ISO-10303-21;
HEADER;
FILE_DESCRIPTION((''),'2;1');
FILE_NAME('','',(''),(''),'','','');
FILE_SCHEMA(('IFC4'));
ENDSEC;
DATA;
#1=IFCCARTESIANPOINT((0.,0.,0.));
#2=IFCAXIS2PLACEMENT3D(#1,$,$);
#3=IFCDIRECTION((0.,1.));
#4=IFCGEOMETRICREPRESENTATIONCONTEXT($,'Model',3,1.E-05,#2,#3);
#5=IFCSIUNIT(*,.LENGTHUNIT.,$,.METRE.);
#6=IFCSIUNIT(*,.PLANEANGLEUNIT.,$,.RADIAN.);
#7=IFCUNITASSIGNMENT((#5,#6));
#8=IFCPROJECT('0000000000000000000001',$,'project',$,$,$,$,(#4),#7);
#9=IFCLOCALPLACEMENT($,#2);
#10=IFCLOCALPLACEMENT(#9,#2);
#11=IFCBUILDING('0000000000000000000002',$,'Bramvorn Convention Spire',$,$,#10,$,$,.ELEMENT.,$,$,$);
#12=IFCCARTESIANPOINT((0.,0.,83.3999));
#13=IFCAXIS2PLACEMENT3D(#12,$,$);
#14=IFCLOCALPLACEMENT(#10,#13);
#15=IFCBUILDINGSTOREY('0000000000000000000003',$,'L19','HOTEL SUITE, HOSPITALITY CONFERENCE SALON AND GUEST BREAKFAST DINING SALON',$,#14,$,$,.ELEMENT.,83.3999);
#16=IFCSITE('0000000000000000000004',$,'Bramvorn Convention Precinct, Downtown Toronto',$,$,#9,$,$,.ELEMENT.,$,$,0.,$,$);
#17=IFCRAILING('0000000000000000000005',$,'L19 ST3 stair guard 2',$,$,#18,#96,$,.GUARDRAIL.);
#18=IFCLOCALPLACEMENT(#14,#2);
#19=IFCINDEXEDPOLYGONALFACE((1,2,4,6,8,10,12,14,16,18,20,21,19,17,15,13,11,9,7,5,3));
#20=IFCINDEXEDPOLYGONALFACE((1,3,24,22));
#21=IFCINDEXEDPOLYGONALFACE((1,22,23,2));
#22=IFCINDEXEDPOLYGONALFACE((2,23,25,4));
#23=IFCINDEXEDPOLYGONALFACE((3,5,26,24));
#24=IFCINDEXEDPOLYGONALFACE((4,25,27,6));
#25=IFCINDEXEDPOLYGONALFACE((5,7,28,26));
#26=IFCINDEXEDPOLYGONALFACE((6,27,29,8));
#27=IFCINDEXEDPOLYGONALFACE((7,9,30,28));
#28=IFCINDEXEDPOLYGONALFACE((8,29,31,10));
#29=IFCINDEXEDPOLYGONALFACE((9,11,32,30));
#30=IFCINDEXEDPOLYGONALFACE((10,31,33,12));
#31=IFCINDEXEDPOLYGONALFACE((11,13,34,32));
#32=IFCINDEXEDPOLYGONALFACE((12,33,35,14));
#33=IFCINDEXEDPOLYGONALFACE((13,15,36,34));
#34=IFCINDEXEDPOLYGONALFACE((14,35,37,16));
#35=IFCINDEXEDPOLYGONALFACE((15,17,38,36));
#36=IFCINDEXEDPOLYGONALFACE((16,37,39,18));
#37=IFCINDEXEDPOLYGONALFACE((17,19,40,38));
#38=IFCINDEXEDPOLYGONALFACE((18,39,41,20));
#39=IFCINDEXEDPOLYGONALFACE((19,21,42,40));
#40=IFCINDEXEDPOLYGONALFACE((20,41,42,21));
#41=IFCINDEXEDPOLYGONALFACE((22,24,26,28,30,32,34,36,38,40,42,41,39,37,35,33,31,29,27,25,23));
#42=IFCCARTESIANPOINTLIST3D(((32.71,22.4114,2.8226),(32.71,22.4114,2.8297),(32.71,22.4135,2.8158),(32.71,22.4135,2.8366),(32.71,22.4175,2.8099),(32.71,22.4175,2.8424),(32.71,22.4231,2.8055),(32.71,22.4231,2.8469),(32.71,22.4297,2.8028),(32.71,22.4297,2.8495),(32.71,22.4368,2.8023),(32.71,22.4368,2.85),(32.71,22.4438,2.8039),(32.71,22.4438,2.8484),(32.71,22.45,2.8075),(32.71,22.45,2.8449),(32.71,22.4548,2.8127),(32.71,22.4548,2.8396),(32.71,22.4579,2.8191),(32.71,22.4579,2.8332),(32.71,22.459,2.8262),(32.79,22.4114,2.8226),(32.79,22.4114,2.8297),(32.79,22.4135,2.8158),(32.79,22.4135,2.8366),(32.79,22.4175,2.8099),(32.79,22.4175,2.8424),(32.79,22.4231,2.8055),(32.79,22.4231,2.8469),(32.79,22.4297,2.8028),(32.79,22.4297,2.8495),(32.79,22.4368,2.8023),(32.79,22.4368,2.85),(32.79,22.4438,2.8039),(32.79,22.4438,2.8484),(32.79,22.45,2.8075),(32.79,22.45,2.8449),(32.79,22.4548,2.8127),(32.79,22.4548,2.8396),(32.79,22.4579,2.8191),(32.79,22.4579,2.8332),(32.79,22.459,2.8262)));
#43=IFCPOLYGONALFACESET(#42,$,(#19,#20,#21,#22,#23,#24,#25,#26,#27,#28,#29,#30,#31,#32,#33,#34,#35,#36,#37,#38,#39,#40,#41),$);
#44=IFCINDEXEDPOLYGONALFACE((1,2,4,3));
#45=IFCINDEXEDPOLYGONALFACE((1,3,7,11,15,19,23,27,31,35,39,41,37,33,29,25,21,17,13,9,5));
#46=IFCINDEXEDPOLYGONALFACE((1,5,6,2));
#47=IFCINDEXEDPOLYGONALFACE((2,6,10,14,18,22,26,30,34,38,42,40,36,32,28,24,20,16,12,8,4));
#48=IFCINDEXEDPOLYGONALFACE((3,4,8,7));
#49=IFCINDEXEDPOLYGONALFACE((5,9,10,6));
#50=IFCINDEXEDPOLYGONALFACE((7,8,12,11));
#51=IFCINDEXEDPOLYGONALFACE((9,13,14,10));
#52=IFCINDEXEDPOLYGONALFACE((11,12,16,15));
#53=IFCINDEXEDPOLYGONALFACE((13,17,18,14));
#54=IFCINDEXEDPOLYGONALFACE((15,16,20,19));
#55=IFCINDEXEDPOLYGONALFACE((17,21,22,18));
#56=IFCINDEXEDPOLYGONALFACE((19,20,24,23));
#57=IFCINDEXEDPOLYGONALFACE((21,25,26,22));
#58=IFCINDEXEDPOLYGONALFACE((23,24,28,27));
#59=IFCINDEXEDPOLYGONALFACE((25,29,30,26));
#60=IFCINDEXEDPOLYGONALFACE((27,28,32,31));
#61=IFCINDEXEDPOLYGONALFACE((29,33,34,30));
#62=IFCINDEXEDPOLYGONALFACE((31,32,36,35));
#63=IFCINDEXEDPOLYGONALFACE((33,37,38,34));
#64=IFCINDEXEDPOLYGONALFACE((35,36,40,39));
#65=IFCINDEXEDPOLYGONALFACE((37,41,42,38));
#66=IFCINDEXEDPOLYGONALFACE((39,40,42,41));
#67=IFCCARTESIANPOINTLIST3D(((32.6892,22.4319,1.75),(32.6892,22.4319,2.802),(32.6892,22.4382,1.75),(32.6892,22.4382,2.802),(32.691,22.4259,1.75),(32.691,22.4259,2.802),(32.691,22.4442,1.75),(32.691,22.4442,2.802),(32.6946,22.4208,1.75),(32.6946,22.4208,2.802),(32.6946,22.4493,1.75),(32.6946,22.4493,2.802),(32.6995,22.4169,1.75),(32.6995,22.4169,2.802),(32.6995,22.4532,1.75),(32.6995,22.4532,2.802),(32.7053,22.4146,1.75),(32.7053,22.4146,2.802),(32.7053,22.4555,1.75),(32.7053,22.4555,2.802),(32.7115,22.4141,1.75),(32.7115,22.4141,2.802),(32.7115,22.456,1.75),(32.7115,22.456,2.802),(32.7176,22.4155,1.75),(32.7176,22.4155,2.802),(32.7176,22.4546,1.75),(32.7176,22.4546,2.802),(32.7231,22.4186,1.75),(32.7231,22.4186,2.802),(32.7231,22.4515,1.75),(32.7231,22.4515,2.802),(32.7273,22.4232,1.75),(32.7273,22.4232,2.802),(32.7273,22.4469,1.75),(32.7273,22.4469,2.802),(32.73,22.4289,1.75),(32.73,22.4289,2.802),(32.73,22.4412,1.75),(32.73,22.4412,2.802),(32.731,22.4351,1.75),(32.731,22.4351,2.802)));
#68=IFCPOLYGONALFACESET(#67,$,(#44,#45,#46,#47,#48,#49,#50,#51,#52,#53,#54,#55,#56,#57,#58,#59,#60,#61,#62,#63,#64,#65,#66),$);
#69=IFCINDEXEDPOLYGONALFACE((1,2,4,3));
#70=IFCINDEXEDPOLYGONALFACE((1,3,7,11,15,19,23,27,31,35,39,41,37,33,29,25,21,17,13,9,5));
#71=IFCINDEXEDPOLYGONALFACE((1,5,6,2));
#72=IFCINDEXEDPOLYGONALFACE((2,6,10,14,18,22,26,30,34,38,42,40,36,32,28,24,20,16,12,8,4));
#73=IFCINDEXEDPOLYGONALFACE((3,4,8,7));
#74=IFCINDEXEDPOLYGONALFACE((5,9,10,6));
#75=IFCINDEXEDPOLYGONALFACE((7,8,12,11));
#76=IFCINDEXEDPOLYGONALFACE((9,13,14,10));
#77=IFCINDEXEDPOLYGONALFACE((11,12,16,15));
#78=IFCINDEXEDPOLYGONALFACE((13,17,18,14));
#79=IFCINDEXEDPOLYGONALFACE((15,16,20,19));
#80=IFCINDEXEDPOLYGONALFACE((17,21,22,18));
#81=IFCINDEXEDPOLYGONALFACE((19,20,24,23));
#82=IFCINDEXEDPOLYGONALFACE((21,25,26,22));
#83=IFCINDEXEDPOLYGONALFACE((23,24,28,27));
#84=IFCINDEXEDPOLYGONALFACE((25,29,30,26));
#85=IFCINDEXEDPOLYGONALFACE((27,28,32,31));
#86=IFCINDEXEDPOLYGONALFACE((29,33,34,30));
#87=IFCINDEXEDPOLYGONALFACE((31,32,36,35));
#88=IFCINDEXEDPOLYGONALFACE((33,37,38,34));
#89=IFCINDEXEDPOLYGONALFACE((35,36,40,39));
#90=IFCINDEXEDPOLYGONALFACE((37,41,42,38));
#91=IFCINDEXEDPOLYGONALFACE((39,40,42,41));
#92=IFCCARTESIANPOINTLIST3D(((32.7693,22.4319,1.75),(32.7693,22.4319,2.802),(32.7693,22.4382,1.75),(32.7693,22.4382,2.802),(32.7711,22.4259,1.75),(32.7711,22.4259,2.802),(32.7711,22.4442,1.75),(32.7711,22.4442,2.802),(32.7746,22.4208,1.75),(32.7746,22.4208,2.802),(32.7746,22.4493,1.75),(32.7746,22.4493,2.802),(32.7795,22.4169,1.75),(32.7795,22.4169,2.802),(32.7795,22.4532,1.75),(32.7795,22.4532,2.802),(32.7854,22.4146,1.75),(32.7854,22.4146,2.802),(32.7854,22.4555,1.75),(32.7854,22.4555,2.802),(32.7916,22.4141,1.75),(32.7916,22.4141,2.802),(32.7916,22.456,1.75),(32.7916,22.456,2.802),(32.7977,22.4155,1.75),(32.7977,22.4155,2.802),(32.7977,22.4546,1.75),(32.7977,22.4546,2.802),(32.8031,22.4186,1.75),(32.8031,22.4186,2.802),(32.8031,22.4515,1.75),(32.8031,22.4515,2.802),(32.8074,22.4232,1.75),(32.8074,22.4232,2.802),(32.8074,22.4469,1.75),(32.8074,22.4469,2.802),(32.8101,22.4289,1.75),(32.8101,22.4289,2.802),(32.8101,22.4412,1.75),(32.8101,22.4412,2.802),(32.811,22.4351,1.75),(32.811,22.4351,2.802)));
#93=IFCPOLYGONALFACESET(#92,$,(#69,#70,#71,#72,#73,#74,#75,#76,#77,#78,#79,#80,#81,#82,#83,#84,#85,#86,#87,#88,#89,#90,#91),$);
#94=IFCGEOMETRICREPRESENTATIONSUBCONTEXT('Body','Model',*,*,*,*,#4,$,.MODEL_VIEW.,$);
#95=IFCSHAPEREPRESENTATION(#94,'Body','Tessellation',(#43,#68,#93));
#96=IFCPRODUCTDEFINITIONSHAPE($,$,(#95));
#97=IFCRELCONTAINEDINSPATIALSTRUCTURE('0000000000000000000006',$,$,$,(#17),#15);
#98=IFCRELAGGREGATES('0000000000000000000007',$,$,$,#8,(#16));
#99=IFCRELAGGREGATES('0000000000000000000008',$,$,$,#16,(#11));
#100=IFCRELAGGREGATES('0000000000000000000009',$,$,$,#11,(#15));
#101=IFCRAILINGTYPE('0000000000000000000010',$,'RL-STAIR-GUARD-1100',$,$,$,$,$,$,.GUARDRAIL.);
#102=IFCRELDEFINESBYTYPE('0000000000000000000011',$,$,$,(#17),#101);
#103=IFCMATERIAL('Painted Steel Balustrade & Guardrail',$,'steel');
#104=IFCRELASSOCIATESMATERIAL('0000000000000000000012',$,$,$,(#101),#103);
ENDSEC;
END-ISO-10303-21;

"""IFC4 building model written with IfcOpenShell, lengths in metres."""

from ifc_helpers import new_model, si_unit, direction, frame, origin, origin_2d, place, context, subcontext, project, spatial, circle, extrude, material, type_object, element, save


model = new_model("IFC4")

# Units and contexts
model_context = context("Model", 3, precision=1e-05, world=origin(), true_north=direction((0.0, 1.0)))
body_context = subcontext(model_context, "Body", "Model", "MODEL_VIEW")
ifc_project = project(units=[si_unit("LENGTHUNIT", "METRE"), si_unit("PLANEANGLEUNIT", "RADIAN")], contexts=[model_context])

# Site, building, storey
site_placement = place(None, origin())
site = spatial("IfcSite", under=ifc_project, at=site_placement, Name="Bramvorn Convention Precinct, Downtown Toronto", CompositionType="ELEMENT", RefElevation=0.0)
building_placement = place(site_placement, origin())
building = spatial("IfcBuilding", under=site, at=building_placement, Name="Bramvorn Convention Spire", CompositionType="ELEMENT")
storey_placement = place(building_placement, frame((0.0, 0.0, 83.3999)))
storey = spatial("IfcBuildingStorey", under=building, at=storey_placement, Name="L19", Description="HOTEL SUITE, HOSPITALITY CONFERENCE SALON AND GUEST BREAKFAST DINING SALON", CompositionType="ELEMENT", Elevation=83.3999)

# Railing
ifc_material_1 = material(Name="Painted Steel Balustrade & Guardrail", Category="steel")
railing_type_1 = type_object("IfcRailingType", Name="RL-STAIR-GUARD-1100", PredefinedType="GUARDRAIL", material=ifc_material_1)
railing_1_placement = place(storey_placement, frame((32.71, 22.4351, 1.75)))
element("IfcRailing", 1, at=railing_1_placement, inside=storey, type_object=railing_type_1, Name="L19 ST3 stair guard 2", PredefinedType="GUARDRAIL", context=body_context, shape_type="SweptSolid", body=[
    extrude(circle(Radius=0.0239, at=origin_2d()), frame((0.0, 0.0, 1.0762), z_axis=(1.0, 0.0, 0.0), x_axis=(0.0, 1.0, 0.0)), (0.0, 0.0, 1.0), 0.0801),
    extrude(circle(Radius=0.021, at=origin_2d()), origin(), (0.0, 0.0, 1.0), 1.052),
    extrude(circle(Radius=0.021, at=origin_2d()), frame((0.0801, 0.0, 0.0)), (0.0, 0.0, 1.0), 1.052),
])

save(model, "model.ifc")
